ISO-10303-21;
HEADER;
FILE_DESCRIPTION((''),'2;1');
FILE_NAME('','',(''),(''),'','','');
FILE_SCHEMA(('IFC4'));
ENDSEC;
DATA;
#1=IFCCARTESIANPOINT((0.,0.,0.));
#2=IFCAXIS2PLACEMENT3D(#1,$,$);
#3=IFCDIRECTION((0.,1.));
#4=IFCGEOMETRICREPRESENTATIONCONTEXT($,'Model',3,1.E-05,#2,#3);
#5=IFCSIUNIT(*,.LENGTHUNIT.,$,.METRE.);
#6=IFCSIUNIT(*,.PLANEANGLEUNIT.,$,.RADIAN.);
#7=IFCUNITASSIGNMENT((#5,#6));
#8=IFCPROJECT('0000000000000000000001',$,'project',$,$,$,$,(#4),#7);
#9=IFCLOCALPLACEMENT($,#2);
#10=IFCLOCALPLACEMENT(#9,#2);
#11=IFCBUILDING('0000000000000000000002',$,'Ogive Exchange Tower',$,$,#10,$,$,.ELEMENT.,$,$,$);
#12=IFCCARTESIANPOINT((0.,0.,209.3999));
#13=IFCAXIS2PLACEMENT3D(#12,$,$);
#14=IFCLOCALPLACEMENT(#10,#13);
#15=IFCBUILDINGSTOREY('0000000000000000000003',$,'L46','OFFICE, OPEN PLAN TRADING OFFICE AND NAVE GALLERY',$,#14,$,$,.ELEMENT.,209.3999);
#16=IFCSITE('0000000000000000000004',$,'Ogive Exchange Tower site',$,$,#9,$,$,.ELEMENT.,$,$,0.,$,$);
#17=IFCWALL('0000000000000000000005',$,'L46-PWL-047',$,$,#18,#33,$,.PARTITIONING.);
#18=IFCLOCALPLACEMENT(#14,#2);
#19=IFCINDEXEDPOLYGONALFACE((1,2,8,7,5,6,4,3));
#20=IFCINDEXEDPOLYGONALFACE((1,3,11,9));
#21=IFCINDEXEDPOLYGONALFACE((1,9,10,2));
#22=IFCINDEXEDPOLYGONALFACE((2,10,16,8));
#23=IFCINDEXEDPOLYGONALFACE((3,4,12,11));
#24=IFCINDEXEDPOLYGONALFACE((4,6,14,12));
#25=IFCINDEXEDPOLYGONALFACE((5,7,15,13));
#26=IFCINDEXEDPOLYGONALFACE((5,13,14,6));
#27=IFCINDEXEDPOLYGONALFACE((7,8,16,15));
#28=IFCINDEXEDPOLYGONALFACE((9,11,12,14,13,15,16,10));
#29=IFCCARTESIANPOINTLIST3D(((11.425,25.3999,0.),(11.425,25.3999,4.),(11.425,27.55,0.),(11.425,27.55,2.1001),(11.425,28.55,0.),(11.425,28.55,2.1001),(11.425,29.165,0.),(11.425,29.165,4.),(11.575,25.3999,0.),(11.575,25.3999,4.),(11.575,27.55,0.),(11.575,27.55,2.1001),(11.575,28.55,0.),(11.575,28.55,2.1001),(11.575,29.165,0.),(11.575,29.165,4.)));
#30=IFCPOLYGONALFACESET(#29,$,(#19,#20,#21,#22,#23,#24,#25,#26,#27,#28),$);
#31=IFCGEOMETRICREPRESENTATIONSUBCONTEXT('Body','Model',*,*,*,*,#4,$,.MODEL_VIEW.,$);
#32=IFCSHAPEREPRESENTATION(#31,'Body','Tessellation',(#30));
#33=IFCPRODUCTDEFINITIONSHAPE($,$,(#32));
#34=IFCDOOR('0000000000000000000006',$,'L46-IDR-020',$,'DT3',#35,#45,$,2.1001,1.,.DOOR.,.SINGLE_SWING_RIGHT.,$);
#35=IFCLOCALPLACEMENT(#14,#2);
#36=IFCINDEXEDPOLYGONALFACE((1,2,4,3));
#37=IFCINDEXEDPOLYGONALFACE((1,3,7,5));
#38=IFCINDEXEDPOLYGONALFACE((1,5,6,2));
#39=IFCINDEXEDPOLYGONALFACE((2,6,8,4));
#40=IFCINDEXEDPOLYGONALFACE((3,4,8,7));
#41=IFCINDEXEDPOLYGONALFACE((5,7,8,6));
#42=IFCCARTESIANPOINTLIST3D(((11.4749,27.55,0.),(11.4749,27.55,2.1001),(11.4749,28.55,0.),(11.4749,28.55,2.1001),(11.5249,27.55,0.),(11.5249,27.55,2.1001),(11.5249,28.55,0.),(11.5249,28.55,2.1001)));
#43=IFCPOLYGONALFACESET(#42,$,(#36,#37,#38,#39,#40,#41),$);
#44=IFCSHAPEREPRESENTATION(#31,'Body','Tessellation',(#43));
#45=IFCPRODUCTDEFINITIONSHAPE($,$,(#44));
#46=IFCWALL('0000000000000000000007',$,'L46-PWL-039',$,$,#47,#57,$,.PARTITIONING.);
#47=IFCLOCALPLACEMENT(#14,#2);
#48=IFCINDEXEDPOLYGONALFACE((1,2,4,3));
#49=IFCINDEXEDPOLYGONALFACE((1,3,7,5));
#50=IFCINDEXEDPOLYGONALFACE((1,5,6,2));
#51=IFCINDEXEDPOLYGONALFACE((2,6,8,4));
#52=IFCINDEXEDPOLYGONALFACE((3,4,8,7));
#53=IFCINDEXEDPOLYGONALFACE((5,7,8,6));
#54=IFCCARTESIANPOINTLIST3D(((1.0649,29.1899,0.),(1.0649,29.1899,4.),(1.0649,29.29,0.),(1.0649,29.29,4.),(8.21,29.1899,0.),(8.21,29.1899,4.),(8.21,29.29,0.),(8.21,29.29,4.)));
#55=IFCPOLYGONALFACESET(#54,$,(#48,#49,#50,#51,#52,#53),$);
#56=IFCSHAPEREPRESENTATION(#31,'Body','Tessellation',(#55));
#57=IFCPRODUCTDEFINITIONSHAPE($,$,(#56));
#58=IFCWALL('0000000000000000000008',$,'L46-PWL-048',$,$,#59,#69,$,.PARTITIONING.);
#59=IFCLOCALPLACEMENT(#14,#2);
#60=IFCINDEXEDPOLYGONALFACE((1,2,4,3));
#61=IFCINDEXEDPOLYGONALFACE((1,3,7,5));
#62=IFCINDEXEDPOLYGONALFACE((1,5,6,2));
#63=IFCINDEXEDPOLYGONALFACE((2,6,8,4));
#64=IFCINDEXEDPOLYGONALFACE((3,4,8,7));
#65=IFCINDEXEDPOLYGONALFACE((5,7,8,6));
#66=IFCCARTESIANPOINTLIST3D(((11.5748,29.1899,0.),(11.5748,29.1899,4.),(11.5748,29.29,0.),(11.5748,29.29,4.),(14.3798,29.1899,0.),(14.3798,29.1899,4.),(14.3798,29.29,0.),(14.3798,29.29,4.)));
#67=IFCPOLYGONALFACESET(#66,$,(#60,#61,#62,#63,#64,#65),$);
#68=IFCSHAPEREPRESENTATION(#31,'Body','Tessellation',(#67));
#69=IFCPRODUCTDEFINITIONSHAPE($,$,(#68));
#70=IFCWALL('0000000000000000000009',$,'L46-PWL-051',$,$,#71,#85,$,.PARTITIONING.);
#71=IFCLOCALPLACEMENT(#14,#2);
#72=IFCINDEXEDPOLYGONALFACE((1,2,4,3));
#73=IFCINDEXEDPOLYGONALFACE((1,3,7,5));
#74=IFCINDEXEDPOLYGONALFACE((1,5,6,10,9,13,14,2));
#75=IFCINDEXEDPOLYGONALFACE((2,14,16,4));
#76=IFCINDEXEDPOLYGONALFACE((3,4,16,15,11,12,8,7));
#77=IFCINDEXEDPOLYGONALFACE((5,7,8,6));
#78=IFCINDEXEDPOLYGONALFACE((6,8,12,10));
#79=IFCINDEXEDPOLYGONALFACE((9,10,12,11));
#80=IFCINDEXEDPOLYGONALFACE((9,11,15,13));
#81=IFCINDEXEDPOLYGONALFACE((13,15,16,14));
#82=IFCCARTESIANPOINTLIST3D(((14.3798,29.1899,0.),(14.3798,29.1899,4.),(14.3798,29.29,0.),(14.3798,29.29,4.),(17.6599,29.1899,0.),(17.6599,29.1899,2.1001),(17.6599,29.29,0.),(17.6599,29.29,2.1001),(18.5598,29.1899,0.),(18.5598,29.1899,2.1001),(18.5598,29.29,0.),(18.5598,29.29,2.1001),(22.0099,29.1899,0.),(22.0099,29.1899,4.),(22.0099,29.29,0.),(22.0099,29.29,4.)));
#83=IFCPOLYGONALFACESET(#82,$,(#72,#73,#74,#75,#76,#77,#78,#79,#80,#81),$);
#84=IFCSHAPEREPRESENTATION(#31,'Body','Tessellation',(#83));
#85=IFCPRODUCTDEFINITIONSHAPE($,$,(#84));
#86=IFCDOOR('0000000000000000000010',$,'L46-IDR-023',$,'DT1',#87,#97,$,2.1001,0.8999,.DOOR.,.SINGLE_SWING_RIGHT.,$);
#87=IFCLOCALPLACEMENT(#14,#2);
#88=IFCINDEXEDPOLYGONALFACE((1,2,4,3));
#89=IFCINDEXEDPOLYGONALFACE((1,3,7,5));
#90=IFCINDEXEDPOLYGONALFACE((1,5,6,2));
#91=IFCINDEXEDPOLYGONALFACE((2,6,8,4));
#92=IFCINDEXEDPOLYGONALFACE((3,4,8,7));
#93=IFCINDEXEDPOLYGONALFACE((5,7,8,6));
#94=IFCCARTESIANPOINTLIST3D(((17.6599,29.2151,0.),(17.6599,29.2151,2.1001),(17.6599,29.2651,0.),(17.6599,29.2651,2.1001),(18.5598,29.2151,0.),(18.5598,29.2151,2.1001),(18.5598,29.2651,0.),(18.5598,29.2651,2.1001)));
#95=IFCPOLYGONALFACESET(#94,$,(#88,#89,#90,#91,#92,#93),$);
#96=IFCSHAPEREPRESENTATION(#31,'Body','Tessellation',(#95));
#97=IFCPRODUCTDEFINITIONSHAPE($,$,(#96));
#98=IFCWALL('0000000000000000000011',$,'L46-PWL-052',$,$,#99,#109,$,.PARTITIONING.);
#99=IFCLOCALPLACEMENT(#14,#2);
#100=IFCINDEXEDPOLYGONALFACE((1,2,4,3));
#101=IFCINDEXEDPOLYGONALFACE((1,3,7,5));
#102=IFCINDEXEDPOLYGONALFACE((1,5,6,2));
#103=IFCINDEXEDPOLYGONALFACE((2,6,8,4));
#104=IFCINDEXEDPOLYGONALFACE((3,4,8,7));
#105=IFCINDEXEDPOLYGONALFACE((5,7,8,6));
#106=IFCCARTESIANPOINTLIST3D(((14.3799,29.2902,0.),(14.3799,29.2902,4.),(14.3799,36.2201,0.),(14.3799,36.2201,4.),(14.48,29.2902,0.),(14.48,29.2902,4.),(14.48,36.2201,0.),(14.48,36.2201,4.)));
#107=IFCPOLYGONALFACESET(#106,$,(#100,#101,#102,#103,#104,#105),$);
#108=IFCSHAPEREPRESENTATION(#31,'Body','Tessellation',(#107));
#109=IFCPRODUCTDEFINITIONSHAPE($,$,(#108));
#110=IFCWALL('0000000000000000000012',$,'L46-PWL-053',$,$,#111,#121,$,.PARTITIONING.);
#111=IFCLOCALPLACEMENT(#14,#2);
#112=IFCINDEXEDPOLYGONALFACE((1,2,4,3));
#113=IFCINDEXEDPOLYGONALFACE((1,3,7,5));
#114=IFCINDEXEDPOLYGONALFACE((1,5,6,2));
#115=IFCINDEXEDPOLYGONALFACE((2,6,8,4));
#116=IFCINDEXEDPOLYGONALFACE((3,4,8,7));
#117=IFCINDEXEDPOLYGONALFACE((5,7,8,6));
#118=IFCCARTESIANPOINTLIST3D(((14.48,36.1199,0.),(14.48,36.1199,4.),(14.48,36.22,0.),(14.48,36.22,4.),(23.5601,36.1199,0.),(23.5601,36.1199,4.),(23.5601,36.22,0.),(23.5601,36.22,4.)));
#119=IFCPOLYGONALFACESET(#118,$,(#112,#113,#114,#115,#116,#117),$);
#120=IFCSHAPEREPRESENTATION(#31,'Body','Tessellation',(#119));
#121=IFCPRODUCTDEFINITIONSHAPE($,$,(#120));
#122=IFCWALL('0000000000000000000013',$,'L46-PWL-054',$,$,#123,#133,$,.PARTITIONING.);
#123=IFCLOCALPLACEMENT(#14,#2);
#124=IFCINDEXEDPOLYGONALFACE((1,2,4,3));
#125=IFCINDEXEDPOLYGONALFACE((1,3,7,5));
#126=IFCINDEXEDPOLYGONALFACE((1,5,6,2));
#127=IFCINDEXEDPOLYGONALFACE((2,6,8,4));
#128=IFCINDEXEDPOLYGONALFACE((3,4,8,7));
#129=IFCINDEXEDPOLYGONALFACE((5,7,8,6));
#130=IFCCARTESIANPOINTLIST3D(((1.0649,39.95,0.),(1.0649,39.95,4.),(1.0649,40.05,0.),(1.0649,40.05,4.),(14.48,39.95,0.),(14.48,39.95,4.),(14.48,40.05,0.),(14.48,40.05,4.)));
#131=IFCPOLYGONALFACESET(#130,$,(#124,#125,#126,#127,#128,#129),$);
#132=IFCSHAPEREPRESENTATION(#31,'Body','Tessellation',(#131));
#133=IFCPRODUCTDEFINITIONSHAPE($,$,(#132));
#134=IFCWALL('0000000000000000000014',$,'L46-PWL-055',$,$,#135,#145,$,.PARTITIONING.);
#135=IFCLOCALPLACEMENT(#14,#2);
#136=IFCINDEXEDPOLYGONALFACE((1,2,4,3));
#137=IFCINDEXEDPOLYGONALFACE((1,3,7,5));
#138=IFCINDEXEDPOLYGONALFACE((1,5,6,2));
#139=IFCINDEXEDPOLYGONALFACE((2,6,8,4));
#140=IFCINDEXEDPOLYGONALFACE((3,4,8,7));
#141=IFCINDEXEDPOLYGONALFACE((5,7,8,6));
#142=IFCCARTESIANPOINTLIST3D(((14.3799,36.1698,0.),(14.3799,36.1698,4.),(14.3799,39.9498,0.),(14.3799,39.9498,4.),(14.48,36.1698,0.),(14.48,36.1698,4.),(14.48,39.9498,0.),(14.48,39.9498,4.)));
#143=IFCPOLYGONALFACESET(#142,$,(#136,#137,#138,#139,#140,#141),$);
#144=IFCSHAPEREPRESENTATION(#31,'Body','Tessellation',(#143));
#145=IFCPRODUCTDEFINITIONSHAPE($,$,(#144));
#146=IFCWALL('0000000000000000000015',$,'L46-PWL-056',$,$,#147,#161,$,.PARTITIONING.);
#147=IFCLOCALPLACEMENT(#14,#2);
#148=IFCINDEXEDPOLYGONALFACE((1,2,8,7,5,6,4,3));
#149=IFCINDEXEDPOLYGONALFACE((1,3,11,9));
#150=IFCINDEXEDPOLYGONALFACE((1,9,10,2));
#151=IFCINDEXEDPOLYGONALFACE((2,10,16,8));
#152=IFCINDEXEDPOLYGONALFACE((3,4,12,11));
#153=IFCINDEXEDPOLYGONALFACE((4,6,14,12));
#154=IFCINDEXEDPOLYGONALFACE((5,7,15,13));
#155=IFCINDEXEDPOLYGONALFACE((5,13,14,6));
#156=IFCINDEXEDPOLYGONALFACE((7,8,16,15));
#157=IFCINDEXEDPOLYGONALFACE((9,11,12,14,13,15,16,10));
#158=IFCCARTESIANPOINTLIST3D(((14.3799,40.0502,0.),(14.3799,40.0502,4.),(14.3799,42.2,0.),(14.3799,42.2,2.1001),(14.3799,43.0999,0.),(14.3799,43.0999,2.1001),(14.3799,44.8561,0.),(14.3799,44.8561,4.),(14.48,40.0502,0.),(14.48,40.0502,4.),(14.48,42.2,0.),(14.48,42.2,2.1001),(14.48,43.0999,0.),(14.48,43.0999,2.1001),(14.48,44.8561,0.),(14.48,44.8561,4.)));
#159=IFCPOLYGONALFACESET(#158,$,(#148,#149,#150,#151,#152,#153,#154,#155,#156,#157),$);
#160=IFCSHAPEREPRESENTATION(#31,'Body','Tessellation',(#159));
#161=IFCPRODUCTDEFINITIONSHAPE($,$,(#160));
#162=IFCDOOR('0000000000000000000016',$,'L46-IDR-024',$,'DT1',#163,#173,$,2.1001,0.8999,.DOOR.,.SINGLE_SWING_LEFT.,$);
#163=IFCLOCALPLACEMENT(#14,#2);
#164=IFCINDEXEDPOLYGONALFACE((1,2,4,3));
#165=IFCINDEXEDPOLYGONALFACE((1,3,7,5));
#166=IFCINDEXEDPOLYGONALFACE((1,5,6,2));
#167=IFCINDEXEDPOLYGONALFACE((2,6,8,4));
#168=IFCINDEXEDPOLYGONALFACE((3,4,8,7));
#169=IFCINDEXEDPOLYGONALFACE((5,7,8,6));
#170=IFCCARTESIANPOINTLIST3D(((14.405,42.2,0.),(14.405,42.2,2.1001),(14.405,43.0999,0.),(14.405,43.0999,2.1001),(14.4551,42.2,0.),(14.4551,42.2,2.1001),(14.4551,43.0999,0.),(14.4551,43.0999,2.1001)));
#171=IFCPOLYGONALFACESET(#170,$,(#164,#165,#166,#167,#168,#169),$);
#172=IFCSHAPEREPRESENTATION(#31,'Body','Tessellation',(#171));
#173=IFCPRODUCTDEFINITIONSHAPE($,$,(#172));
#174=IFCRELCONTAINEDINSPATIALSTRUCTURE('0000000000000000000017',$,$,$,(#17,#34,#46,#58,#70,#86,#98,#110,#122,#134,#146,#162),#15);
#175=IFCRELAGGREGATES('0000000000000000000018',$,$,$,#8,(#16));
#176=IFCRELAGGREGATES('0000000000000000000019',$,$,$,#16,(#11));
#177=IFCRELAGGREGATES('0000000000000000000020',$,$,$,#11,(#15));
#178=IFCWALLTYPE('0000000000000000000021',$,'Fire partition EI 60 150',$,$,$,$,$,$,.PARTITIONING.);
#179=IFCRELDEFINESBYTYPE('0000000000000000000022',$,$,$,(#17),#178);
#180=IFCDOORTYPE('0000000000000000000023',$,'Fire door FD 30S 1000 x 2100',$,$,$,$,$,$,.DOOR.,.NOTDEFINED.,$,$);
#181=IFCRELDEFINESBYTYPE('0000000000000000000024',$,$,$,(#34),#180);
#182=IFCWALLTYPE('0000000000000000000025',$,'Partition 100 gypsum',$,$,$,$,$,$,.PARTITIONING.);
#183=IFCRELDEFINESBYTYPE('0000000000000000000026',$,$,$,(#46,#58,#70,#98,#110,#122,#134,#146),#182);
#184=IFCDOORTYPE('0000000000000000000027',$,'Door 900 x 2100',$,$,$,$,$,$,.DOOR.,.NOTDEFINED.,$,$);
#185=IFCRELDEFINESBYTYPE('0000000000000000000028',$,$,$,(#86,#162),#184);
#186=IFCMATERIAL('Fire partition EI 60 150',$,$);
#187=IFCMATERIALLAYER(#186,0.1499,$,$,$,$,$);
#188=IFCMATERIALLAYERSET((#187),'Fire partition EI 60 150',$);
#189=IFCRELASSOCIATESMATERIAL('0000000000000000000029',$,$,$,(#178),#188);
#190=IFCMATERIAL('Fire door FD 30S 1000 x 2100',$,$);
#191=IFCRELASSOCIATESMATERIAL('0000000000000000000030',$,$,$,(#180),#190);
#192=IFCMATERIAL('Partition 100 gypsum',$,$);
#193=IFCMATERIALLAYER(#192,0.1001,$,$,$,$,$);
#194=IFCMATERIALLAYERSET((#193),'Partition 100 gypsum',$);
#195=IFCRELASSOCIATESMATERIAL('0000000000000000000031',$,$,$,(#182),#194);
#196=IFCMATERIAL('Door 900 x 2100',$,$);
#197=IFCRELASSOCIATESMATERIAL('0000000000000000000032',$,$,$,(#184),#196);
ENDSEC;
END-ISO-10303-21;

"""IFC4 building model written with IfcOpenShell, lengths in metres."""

from ifc_helpers import new_model, si_unit, direction, frame, frame_2d, origin, place, context, subcontext, project, spatial, rectangle, extrude, material, layer, layer_set, type_object, element, fill, save


model = new_model("IFC4")

# Units and contexts
model_context = context("Model", 3, precision=1e-05, world=origin(), true_north=direction((0.0, 1.0)))
body_context = subcontext(model_context, "Body", "Model", "MODEL_VIEW")
ifc_project = project(units=[si_unit("LENGTHUNIT", "METRE"), si_unit("PLANEANGLEUNIT", "RADIAN")], contexts=[model_context])

# Site, building, storey
site_placement = place(None, origin())
site = spatial("IfcSite", under=ifc_project, at=site_placement, Name="Ogive Exchange Tower site", CompositionType="ELEMENT", RefElevation=0.0)
building_placement = place(site_placement, origin())
building = spatial("IfcBuilding", under=site, at=building_placement, Name="Ogive Exchange Tower", CompositionType="ELEMENT")
storey_placement = place(building_placement, frame((0.0, 0.0, 209.3999)))
storey = spatial("IfcBuildingStorey", under=building, at=storey_placement, Name="L46", Description="OFFICE, OPEN PLAN TRADING OFFICE AND NAVE GALLERY", CompositionType="ELEMENT", Elevation=209.3999)

# Shared definitions
ifc_material_1 = material(Name="Fire partition EI 60 150")
ifc_layer_1 = layer(ifc_material_1, 0.1499)
ifc_layer_set_1 = layer_set([ifc_layer_1], Name="Fire partition EI 60 150")
wall_type_1 = type_object("IfcWallType", Name="Fire partition EI 60 150", PredefinedType="PARTITIONING", material=ifc_layer_set_1)
ifc_material_2 = material(Name="Fire door FD 30S 1000 x 2100")
door_type_1 = type_object("IfcDoorType", Name="Fire door FD 30S 1000 x 2100", OperationType="NOTDEFINED", PredefinedType="DOOR", material=ifc_material_2)

# Wall, opening, door
wall_1_placement = place(storey_placement, frame((11.5, 29.165, 0.0), z_axis=(0.0, 0.0, 1.0), x_axis=(0.0, -1.0, 0.0)))
wall_1 = element("IfcWall", 1, at=wall_1_placement, inside=storey, type_object=wall_type_1, Name="L46-PWL-047", PredefinedType="PARTITIONING", context=body_context, shape_type="SweptSolid", body=[
    extrude(rectangle(XDim=3.7651, YDim=0.1499, at=frame_2d((1.8826, 0.0))), origin(), (0.0, 0.0, 1.0), 4.0),
])
opening_1_placement = place(wall_1_placement, frame((0.615, 0.0, 0.0)))
opening_1 = element("IfcOpeningElement", 2, at=opening_1_placement, cuts=wall_1, PredefinedType="OPENING", context=body_context, shape_type="SweptSolid", body=[
    extrude(rectangle(XDim=1.0, YDim=2.1001, at=frame_2d((0.5, 1.05))), frame((0.0, 0.085, 0.0), z_axis=(0.0, -1.0, 0.0), x_axis=(1.0, 0.0, 0.0)), (0.0, 0.0, 1.0), 0.1699),
])
door_1_placement = place(opening_1_placement, origin())
door_1 = element("IfcDoor", 3, at=door_1_placement, inside=storey, type_object=door_type_1, Name="L46-IDR-020", ObjectType="DT3", OperationType="SINGLE_SWING_RIGHT", OverallHeight=2.1001, OverallWidth=1.0, PredefinedType="DOOR", context=body_context, shape_type="SweptSolid", body=[
    extrude(rectangle(XDim=1.0, YDim=2.1001, at=frame_2d((0.5, 1.05))), frame((0.0, 0.0249, 0.0), z_axis=(0.0, -1.0, 0.0), x_axis=(1.0, 0.0, 0.0)), (0.0, 0.0, 1.0), 0.05),
])
fill(opening_1, door_1)

# Walls
ifc_material_3 = material(Name="Partition 100 gypsum")
ifc_layer_2 = layer(ifc_material_3, 0.1001)
ifc_layer_set_2 = layer_set([ifc_layer_2], Name="Partition 100 gypsum")
wall_type_2 = type_object("IfcWallType", Name="Partition 100 gypsum", PredefinedType="PARTITIONING", material=ifc_layer_set_2)
wall_2_placement = place(storey_placement, frame((1.0649, 29.24, 0.0), z_axis=(0.0, 0.0, 1.0), x_axis=(1.0, 0.0, 0.0)))
element("IfcWall", 4, at=wall_2_placement, inside=storey, type_object=wall_type_2, Name="L46-PWL-039", PredefinedType="PARTITIONING", context=body_context, shape_type="SweptSolid", body=[
    extrude(rectangle(XDim=7.145, YDim=0.1001, at=frame_2d((3.5725, 0.0))), origin(), (0.0, 0.0, 1.0), 4.0),
])
wall_3_placement = place(storey_placement, frame((11.575, 29.24, 0.0), z_axis=(0.0, 0.0, 1.0), x_axis=(1.0, 0.0, 0.0)))
element("IfcWall", 5, at=wall_3_placement, inside=storey, type_object=wall_type_2, Name="L46-PWL-048", PredefinedType="PARTITIONING", context=body_context, shape_type="SweptSolid", body=[
    extrude(rectangle(XDim=2.8049, YDim=0.1001, at=frame_2d((1.4023, 0.0))), origin(), (0.0, 0.0, 1.0), 4.0),
])

# Wall, opening, door
wall_4_placement = place(storey_placement, frame((14.3799, 29.24, 0.0), z_axis=(0.0, 0.0, 1.0), x_axis=(1.0, 0.0, 0.0)))
wall_4 = element("IfcWall", 6, at=wall_4_placement, inside=storey, type_object=wall_type_2, Name="L46-PWL-051", PredefinedType="PARTITIONING", context=body_context, shape_type="SweptSolid", body=[
    extrude(rectangle(XDim=7.6301, YDim=0.1001, at=frame_2d((3.8149, 0.0))), origin(), (0.0, 0.0, 1.0), 4.0),
])
opening_2_placement = place(wall_4_placement, frame((3.28, 0.0, 0.0)))
opening_2 = element("IfcOpeningElement", 7, at=opening_2_placement, cuts=wall_4, PredefinedType="OPENING", context=body_context, shape_type="SweptSolid", body=[
    extrude(rectangle(XDim=0.8999, YDim=2.1001, at=frame_2d((0.45, 1.05))), frame((0.0, 0.0601, 0.0), z_axis=(0.0, -1.0, 0.0), x_axis=(1.0, 0.0, 0.0)), (0.0, 0.0, 1.0), 0.1201),
])
ifc_material_4 = material(Name="Door 900 x 2100")
door_type_2 = type_object("IfcDoorType", Name="Door 900 x 2100", OperationType="NOTDEFINED", PredefinedType="DOOR", material=ifc_material_4)
door_2_placement = place(opening_2_placement, frame((0.8999, 0.0, 0.0), z_axis=(0.0, 0.0, 1.0), x_axis=(-1.0, 0.0, 0.0)))
door_2 = element("IfcDoor", 8, at=door_2_placement, inside=storey, type_object=door_type_2, Name="L46-IDR-023", ObjectType="DT1", OperationType="SINGLE_SWING_RIGHT", OverallHeight=2.1001, OverallWidth=0.8999, PredefinedType="DOOR", context=body_context, shape_type="SweptSolid", body=[
    extrude(rectangle(XDim=0.8999, YDim=2.1001, at=frame_2d((0.45, 1.05))), frame((0.0, 0.0249, 0.0), z_axis=(0.0, -1.0, 0.0), x_axis=(1.0, 0.0, 0.0)), (0.0, 0.0, 1.0), 0.05),
])
fill(opening_2, door_2)

# Walls
wall_5_placement = place(storey_placement, frame((14.4299, 36.22, 0.0), z_axis=(0.0, 0.0, 1.0), x_axis=(0.0, -1.0, 0.0)))
element("IfcWall", 9, at=wall_5_placement, inside=storey, type_object=wall_type_2, Name="L46-PWL-052", PredefinedType="PARTITIONING", context=body_context, shape_type="SweptSolid", body=[
    extrude(rectangle(XDim=6.9299, YDim=0.1001, at=frame_2d((3.4648, 0.0))), origin(), (0.0, 0.0, 1.0), 4.0),
])
wall_6_placement = place(storey_placement, frame((14.48, 36.1699, 0.0), z_axis=(0.0, 0.0, 1.0), x_axis=(1.0, 0.0, 0.0)))
element("IfcWall", 10, at=wall_6_placement, inside=storey, type_object=wall_type_2, Name="L46-PWL-053", PredefinedType="PARTITIONING", context=body_context, shape_type="SweptSolid", body=[
    extrude(rectangle(XDim=9.0801, YDim=0.1001, at=frame_2d((4.54, 0.0))), origin(), (0.0, 0.0, 1.0), 4.0),
])
wall_7_placement = place(storey_placement, frame((14.48, 40.0, 0.0), z_axis=(0.0, 0.0, 1.0), x_axis=(-1.0, 0.0, 0.0)))
element("IfcWall", 11, at=wall_7_placement, inside=storey, type_object=wall_type_2, Name="L46-PWL-054", PredefinedType="PARTITIONING", context=body_context, shape_type="SweptSolid", body=[
    extrude(rectangle(XDim=13.415, YDim=0.1001, at=frame_2d((6.7075, 0.0))), origin(), (0.0, 0.0, 1.0), 4.0),
])
wall_8_placement = place(storey_placement, frame((14.4299, 39.95, 0.0), z_axis=(0.0, 0.0, 1.0), x_axis=(0.0, -1.0, 0.0)))
element("IfcWall", 12, at=wall_8_placement, inside=storey, type_object=wall_type_2, Name="L46-PWL-055", PredefinedType="PARTITIONING", context=body_context, shape_type="SweptSolid", body=[
    extrude(rectangle(XDim=3.78, YDim=0.1001, at=frame_2d((1.8901, 0.0))), origin(), (0.0, 0.0, 1.0), 4.0),
])

# Wall, opening, door
wall_9_placement = place(storey_placement, frame((14.4299, 44.856, 0.0), z_axis=(0.0, 0.0, 1.0), x_axis=(0.0, -1.0, 0.0)))
wall_9 = element("IfcWall", 13, at=wall_9_placement, inside=storey, type_object=wall_type_2, Name="L46-PWL-056", PredefinedType="PARTITIONING", context=body_context, shape_type="SweptSolid", body=[
    extrude(rectangle(XDim=4.8059, YDim=0.1001, at=frame_2d((2.4028, 0.0))), origin(), (0.0, 0.0, 1.0), 4.0),
])
opening_3_placement = place(wall_9_placement, frame((1.7561, 0.0, 0.0)))
opening_3 = element("IfcOpeningElement", 14, at=opening_3_placement, cuts=wall_9, PredefinedType="OPENING", context=body_context, shape_type="SweptSolid", body=[
    extrude(rectangle(XDim=0.8999, YDim=2.1001, at=frame_2d((0.45, 1.05))), frame((0.0, 0.0601, 0.0), z_axis=(0.0, -1.0, 0.0), x_axis=(1.0, 0.0, 0.0)), (0.0, 0.0, 1.0), 0.1201),
])
door_3_placement = place(opening_3_placement, frame((0.8999, 0.0, 0.0), z_axis=(0.0, 0.0, 1.0), x_axis=(-1.0, 0.0, 0.0)))
door_3 = element("IfcDoor", 15, at=door_3_placement, inside=storey, type_object=door_type_2, Name="L46-IDR-024", ObjectType="DT1", OperationType="SINGLE_SWING_LEFT", OverallHeight=2.1001, OverallWidth=0.8999, PredefinedType="DOOR", context=body_context, shape_type="SweptSolid", body=[
    extrude(rectangle(XDim=0.8999, YDim=2.1001, at=frame_2d((0.45, 1.05))), frame((0.0, 0.0249, 0.0), z_axis=(0.0, -1.0, 0.0), x_axis=(1.0, 0.0, 0.0)), (0.0, 0.0, 1.0), 0.05),
])
fill(opening_3, door_3)

save(model, "model.ifc")
